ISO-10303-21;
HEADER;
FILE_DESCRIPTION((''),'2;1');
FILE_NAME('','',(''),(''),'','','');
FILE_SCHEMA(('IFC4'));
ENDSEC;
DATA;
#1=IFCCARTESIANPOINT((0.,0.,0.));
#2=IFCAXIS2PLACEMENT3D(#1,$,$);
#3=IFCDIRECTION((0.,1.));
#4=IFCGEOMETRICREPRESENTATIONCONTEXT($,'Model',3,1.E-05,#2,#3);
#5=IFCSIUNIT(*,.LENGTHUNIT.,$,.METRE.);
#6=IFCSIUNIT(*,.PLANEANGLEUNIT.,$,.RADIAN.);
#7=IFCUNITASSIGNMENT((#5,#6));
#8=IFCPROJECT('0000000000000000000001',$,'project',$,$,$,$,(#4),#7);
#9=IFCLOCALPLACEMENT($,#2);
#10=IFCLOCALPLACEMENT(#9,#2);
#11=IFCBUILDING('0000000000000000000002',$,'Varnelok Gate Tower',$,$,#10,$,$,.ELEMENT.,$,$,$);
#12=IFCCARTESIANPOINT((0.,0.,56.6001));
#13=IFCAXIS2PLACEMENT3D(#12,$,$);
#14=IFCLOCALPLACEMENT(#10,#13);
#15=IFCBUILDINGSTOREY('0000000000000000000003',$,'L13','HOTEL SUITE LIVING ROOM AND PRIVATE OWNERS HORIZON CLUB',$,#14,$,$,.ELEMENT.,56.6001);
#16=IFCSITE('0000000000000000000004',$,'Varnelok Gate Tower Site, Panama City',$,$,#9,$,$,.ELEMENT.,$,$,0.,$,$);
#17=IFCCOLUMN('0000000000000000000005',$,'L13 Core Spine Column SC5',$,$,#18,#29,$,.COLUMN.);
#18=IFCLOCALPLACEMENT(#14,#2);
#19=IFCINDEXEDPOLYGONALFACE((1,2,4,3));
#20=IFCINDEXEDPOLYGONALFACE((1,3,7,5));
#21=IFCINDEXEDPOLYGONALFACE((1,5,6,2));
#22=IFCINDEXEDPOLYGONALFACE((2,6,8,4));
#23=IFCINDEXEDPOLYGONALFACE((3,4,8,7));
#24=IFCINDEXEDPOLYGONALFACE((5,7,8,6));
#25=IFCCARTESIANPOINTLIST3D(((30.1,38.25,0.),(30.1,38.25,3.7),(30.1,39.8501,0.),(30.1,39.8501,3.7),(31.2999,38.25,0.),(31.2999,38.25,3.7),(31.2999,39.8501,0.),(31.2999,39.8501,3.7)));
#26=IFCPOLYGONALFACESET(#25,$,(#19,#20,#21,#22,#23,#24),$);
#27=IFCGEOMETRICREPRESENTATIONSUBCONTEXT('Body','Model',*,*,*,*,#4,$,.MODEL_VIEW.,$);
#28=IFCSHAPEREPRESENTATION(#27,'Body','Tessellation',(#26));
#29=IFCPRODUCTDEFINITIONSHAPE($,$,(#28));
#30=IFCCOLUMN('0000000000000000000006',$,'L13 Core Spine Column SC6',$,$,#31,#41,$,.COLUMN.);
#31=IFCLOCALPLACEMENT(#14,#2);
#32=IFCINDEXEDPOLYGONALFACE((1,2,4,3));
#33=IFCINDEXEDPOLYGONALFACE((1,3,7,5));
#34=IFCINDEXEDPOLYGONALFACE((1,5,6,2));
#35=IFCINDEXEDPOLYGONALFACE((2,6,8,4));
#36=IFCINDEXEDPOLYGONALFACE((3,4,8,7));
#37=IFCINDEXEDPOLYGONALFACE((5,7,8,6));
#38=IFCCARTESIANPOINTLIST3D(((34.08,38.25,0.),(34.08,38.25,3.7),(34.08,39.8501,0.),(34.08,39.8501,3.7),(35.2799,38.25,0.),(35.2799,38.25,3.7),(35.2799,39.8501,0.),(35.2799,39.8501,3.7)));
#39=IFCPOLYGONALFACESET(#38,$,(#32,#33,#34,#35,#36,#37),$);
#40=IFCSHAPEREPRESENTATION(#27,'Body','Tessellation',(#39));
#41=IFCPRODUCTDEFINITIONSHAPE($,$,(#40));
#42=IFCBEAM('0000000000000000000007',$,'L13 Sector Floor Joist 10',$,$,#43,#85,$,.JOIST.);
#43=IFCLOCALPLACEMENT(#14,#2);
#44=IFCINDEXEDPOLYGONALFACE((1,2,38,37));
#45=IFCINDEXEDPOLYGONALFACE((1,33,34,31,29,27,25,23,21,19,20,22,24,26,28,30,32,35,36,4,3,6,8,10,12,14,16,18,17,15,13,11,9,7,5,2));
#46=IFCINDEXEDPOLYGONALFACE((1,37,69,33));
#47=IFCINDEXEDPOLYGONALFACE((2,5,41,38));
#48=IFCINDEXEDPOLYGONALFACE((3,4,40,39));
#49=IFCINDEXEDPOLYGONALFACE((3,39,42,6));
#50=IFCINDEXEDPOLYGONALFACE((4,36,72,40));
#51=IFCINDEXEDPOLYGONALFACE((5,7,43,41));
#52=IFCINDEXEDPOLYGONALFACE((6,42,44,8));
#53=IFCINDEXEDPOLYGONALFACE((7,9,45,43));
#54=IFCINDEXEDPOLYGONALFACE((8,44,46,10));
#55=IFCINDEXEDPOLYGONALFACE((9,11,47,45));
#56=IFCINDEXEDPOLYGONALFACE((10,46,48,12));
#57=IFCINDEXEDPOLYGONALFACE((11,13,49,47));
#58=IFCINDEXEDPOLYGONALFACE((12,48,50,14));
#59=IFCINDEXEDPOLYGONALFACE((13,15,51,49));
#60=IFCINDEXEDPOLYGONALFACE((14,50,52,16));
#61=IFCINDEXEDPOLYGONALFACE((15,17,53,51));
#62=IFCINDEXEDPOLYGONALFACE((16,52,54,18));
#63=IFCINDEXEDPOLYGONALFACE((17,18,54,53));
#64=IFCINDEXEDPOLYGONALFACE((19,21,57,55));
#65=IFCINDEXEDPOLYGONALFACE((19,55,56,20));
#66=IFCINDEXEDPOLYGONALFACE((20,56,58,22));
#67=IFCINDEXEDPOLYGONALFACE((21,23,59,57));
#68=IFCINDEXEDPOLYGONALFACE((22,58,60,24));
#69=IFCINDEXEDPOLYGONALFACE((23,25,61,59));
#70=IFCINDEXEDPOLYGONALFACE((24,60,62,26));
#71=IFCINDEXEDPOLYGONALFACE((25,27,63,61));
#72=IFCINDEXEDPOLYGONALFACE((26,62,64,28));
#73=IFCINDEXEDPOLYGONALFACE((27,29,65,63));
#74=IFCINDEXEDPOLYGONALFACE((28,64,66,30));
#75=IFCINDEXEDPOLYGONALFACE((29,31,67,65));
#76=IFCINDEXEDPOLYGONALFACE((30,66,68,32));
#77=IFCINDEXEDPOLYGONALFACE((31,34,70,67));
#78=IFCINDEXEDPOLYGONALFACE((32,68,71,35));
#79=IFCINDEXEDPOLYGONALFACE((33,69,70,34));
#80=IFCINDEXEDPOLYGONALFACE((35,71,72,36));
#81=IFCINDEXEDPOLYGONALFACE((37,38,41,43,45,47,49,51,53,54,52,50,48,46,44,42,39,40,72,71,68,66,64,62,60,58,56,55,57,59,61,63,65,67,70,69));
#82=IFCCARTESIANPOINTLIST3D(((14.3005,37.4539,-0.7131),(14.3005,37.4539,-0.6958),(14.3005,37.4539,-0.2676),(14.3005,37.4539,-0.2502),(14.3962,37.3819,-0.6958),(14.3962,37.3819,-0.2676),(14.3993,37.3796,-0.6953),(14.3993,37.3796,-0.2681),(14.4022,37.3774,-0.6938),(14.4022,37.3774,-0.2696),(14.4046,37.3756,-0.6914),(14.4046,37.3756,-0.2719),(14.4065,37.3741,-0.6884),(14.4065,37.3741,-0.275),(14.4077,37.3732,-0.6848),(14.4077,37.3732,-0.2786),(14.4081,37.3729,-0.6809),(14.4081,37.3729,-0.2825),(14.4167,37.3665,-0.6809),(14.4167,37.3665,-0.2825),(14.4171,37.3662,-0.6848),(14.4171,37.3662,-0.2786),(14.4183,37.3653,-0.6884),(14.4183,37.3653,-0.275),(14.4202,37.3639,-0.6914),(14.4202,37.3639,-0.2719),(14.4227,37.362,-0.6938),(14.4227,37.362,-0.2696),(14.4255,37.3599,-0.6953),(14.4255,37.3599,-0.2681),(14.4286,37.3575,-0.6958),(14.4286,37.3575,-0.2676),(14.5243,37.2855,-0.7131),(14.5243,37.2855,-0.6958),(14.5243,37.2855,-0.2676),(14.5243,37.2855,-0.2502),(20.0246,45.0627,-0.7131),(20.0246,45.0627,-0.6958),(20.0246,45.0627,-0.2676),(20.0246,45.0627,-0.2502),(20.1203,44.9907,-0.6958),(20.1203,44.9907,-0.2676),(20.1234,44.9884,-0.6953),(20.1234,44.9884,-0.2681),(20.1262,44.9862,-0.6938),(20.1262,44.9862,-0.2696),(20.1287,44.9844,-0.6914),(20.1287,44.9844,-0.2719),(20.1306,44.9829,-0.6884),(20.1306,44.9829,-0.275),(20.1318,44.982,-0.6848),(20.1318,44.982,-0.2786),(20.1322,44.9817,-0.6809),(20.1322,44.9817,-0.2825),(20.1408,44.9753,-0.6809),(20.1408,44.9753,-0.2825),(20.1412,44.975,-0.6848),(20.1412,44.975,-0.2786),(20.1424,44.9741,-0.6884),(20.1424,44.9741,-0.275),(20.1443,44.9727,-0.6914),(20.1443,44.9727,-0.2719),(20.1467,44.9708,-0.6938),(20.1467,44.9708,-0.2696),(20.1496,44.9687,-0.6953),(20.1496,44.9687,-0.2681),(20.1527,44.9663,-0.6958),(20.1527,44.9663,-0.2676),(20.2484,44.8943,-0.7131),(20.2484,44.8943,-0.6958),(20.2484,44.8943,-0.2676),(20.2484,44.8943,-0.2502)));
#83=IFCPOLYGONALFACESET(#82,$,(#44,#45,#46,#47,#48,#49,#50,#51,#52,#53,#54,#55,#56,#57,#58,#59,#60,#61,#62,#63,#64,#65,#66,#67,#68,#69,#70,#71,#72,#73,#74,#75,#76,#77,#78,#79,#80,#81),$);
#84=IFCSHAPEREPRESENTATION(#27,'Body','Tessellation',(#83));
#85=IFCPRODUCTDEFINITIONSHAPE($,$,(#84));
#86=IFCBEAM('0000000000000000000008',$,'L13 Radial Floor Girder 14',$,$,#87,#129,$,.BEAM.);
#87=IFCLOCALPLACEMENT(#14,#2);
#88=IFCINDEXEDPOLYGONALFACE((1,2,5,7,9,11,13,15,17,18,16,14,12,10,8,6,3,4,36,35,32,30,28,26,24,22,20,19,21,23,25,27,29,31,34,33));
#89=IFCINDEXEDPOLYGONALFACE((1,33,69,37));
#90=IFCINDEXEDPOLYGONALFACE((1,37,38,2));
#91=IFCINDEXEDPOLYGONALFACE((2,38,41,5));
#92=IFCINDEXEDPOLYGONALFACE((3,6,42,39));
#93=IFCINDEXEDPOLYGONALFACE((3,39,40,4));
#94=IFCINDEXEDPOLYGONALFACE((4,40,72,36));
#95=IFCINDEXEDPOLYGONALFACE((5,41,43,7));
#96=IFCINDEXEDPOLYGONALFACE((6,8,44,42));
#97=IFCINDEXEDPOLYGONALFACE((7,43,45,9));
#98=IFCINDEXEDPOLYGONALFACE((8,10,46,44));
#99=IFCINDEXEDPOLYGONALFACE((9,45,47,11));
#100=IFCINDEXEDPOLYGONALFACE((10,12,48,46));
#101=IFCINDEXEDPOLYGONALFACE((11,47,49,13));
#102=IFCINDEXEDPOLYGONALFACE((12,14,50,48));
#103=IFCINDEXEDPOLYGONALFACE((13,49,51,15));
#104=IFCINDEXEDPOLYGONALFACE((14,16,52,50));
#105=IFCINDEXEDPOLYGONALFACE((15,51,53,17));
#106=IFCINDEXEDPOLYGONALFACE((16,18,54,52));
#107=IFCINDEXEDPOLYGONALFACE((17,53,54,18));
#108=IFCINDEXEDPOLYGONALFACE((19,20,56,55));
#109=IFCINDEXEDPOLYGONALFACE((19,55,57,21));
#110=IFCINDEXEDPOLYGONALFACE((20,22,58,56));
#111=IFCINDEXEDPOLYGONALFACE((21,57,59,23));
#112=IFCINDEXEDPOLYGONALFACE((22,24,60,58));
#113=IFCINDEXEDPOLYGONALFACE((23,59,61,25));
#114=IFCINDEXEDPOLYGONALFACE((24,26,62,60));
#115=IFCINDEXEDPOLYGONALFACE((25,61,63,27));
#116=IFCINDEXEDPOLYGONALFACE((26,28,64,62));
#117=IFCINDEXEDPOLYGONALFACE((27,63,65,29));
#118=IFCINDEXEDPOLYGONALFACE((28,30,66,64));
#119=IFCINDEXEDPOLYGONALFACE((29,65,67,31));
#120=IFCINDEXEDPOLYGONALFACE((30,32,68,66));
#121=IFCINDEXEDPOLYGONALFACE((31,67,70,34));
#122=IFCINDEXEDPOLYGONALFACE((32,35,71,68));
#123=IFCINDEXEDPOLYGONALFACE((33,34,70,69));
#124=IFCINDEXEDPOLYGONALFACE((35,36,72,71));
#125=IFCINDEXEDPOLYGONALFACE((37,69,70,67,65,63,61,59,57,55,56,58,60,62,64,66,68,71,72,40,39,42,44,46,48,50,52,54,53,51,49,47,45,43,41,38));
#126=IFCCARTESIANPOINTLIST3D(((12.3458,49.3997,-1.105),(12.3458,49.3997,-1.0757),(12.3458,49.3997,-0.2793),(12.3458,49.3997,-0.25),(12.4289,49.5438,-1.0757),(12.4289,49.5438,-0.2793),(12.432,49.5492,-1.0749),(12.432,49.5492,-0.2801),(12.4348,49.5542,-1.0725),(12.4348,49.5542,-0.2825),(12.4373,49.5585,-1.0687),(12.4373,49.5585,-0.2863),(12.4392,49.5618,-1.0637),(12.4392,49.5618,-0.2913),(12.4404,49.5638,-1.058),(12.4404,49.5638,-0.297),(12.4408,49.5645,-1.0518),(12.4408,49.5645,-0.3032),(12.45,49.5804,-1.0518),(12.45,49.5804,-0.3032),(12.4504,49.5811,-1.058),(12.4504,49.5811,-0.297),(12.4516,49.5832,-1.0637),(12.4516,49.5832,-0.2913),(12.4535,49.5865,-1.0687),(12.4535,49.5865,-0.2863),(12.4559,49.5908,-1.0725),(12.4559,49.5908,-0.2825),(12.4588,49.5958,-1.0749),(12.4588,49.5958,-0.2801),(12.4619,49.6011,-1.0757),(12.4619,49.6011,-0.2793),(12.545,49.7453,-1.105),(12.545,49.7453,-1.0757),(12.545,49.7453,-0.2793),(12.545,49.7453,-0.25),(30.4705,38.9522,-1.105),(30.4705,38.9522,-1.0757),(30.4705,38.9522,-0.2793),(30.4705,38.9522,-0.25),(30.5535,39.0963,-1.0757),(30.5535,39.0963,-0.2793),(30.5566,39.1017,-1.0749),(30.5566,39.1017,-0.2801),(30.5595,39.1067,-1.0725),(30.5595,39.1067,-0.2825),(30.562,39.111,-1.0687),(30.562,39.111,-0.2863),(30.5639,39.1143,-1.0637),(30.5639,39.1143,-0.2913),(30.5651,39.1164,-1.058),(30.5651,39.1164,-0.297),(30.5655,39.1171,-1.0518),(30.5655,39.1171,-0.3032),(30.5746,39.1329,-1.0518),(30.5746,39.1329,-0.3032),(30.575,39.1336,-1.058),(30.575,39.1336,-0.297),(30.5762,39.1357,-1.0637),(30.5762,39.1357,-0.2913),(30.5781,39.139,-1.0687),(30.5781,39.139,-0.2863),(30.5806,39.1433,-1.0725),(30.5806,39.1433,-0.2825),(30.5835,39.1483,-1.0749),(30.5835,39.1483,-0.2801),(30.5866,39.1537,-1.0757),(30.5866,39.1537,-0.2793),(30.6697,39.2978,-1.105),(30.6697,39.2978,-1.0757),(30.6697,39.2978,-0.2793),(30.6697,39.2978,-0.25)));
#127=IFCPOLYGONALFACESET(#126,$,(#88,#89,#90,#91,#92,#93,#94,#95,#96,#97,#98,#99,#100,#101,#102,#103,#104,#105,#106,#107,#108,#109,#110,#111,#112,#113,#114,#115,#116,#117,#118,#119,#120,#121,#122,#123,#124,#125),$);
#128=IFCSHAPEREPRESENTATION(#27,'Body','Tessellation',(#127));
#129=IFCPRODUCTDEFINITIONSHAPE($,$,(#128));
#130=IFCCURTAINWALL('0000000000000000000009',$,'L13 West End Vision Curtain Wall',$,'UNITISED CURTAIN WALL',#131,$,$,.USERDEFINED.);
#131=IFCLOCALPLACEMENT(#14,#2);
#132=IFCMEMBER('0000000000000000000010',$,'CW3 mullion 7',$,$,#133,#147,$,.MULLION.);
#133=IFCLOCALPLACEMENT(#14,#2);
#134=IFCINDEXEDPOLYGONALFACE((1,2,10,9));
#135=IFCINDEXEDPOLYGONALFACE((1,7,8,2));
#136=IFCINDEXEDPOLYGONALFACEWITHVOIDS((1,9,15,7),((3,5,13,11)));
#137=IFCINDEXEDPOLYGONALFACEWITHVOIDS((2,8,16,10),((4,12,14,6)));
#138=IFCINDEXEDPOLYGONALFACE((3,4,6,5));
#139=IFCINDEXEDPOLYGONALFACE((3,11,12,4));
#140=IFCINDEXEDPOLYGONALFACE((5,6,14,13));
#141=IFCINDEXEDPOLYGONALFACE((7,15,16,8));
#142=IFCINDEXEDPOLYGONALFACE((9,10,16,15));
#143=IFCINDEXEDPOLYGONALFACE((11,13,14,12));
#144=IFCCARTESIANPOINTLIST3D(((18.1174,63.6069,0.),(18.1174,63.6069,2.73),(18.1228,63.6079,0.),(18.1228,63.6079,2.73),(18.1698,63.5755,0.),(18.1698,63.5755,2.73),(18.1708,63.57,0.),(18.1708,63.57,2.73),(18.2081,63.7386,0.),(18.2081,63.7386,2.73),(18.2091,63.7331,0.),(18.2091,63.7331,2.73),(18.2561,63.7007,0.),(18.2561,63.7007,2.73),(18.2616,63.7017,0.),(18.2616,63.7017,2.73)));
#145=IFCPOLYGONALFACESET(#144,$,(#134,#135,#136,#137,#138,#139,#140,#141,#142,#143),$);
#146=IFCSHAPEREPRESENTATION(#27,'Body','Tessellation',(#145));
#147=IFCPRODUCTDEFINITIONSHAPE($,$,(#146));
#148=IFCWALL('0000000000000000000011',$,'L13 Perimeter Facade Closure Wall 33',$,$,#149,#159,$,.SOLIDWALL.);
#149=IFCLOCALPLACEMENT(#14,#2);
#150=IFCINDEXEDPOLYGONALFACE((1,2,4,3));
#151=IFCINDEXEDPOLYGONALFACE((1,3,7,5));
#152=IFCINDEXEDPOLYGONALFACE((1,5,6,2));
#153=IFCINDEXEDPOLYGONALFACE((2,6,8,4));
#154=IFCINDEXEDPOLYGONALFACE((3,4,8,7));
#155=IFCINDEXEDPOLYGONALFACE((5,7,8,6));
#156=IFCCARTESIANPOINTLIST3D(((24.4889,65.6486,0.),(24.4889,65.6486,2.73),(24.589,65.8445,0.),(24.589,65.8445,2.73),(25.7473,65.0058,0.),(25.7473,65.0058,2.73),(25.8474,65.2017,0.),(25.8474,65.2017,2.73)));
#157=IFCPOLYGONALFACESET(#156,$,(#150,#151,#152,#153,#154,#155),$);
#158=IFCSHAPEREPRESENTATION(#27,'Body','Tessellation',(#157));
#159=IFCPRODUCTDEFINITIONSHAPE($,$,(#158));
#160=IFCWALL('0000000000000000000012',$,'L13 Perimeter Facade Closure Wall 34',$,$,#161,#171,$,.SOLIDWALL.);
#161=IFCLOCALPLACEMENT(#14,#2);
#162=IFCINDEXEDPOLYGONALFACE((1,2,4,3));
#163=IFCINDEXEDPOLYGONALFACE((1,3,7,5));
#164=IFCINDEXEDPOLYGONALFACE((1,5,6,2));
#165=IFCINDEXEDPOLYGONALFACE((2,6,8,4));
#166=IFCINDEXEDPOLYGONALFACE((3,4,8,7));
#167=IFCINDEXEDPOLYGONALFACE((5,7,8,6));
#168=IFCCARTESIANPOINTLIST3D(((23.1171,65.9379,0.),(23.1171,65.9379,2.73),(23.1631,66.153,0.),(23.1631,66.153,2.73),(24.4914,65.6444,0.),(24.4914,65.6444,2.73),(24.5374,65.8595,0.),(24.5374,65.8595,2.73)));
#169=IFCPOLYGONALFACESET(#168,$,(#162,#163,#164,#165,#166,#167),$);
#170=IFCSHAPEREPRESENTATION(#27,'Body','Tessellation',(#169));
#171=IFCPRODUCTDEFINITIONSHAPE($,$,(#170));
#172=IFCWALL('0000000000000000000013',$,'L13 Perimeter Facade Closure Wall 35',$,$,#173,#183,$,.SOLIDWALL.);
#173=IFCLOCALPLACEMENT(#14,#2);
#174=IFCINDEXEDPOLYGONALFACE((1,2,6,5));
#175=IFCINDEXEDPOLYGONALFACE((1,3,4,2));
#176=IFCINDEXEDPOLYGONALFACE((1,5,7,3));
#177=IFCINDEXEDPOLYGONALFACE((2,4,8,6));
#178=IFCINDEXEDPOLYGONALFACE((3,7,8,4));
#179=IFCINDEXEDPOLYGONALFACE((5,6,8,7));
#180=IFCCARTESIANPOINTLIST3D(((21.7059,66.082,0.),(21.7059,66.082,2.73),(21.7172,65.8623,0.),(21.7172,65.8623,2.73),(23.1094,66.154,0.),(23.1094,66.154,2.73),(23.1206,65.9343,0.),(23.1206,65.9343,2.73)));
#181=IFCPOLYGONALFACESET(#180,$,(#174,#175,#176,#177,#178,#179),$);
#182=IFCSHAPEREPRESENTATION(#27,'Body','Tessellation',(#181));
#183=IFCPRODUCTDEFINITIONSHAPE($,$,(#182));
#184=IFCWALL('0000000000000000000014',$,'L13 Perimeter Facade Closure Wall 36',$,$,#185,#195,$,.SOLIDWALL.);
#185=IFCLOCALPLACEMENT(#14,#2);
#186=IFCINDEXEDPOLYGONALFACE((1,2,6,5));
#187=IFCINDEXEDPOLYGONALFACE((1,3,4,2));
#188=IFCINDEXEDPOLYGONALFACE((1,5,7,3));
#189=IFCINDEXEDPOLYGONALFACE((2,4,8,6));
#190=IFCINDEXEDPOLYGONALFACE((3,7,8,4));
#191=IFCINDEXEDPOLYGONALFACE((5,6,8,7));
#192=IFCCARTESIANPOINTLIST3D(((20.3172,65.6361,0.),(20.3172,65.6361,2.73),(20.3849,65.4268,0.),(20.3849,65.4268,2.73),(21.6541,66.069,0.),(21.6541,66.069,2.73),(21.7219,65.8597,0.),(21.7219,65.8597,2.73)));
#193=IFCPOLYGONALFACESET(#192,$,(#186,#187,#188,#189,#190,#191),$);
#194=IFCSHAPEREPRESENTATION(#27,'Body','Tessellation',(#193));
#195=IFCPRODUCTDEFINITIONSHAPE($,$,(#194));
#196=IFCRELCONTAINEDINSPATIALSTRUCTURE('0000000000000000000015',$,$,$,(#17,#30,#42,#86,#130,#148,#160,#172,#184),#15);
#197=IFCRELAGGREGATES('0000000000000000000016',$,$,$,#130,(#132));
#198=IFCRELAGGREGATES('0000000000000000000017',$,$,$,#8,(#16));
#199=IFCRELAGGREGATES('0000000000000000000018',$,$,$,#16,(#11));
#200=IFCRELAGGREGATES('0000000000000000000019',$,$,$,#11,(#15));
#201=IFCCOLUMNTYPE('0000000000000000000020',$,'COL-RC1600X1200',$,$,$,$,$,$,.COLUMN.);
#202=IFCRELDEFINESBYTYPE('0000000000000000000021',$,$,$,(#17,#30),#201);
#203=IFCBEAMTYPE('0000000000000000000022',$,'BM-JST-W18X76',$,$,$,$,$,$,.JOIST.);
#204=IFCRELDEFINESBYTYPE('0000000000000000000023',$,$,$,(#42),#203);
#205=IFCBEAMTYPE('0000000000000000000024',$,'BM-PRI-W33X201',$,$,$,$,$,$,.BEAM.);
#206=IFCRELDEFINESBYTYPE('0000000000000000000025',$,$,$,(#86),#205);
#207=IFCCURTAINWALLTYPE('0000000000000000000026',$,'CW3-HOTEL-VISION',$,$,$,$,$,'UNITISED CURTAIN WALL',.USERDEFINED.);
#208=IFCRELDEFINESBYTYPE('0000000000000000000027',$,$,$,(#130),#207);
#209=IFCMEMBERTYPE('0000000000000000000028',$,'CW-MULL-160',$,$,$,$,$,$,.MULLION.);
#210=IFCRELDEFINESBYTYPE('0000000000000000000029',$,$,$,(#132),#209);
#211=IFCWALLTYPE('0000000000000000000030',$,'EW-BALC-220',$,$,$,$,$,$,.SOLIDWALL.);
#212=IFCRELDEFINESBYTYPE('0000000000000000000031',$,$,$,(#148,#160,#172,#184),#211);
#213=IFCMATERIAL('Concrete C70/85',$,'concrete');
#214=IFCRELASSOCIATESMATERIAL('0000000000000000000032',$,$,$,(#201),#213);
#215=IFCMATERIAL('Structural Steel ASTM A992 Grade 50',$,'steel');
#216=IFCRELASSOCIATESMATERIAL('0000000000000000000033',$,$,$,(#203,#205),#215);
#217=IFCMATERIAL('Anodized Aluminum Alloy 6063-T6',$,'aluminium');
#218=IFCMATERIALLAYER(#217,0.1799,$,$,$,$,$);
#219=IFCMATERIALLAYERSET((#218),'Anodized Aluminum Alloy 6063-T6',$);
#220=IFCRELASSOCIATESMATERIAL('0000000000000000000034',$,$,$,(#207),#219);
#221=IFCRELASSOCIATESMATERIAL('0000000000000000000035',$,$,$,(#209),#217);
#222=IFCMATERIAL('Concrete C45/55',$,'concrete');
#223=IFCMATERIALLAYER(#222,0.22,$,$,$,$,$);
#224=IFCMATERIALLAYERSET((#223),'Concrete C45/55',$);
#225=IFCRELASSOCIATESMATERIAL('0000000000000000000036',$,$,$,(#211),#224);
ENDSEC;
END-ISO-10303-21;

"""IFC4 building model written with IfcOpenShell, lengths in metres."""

from ifc_helpers import new_model, si_unit, direction, frame, frame_2d, origin, origin_2d, place, context, subcontext, project, spatial, rectangle, hollow_rectangle, i_section, extrude, material, layer, layer_set, material_profile, profile_set, type_object, element, aggregate, save


model = new_model("IFC4")

# Units and contexts
model_context = context("Model", 3, precision=1e-05, world=origin(), true_north=direction((0.0, 1.0)))
body_context = subcontext(model_context, "Body", "Model", "MODEL_VIEW")
ifc_project = project(units=[si_unit("LENGTHUNIT", "METRE"), si_unit("PLANEANGLEUNIT", "RADIAN")], contexts=[model_context])

# Site, building, storey
site_placement = place(None, origin())
site = spatial("IfcSite", under=ifc_project, at=site_placement, Name="Varnelok Gate Tower Site, Panama City", CompositionType="ELEMENT", RefElevation=0.0)
building_placement = place(site_placement, origin())
building = spatial("IfcBuilding", under=site, at=building_placement, Name="Varnelok Gate Tower", CompositionType="ELEMENT")
storey_placement = place(building_placement, frame((0.0, 0.0, 56.6001)))
storey = spatial("IfcBuildingStorey", under=building, at=storey_placement, Name="L13", Description="HOTEL SUITE LIVING ROOM AND PRIVATE OWNERS HORIZON CLUB", CompositionType="ELEMENT", Elevation=56.6001)

# Columns
ifc_material_1 = material(Name="Concrete C70/85", Category="concrete")
ifc_material_profile_1 = material_profile(ifc_material_1, rectangle(XDim=1.2, YDim=1.6001, at=origin_2d()), Name="RC1600X1200")
ifc_profile_set_1 = profile_set([ifc_material_profile_1], Name="Concrete C70/85")
column_type = type_object("IfcColumnType", Name="COL-RC1600X1200", PredefinedType="COLUMN", material=ifc_profile_set_1)
for number, where, z_axis, x_axis, name in (
    (1, (30.7, 39.05, 0.0), (0.0, 0.0, 1.0), (1.0, 0.0, 0.0), "L13 Core Spine Column SC5"),
    (2, (34.6799, 39.05, 0.0), (0.0, 0.0, 1.0), (1.0, 0.0, 0.0), "L13 Core Spine Column SC6"),
):
    element("IfcColumn", number, at=place(storey_placement, frame(where, z_axis=z_axis, x_axis=x_axis)), inside=storey, type_object=column_type, Name=name, PredefinedType="COLUMN", context=body_context, shape_type="SweptSolid", body=[
        extrude(rectangle(XDim=1.2, YDim=1.6001, at=origin_2d()), origin(), (0.0, 0.0, 1.0), 3.7),
    ])

# Beams
ifc_material_2 = material(Name="Structural Steel ASTM A992 Grade 50", Category="steel")
ifc_material_profile_2 = material_profile(ifc_material_2, i_section(OverallWidth=0.28, OverallDepth=0.4629, WebThickness=0.0107, FlangeThickness=0.0173, FilletRadius=0.0149, at=origin_2d()), Name="W18X76")
ifc_profile_set_2 = profile_set([ifc_material_profile_2], Name="Structural Steel ASTM A992 Grade 50")
beam_type_1 = type_object("IfcBeamType", Name="BM-JST-W18X76", PredefinedType="JOIST", material=ifc_profile_set_2)
beam_1_placement = place(storey_placement, frame((20.1365, 44.9785, -0.4817), z_axis=(-0.601173, -0.799119, 0.0), x_axis=(0.799119, -0.601173, 0.0)))
element("IfcBeam", 3, at=beam_1_placement, inside=storey, type_object=beam_type_1, Name="L13 Sector Floor Joist 10", PredefinedType="JOIST", context=body_context, shape_type="SweptSolid", body=[
    extrude(i_section(OverallWidth=0.28, OverallDepth=0.4629, WebThickness=0.0107, FlangeThickness=0.0173, FilletRadius=0.0149, at=origin_2d()), origin(), (0.0, 0.0, 1.0), 9.5215),
])
ifc_material_profile_3 = material_profile(ifc_material_2, i_section(OverallWidth=0.3989, OverallDepth=0.855, WebThickness=0.0183, FlangeThickness=0.0293, FilletRadius=0.0239, at=origin_2d()), Name="W33X201")
ifc_profile_set_3 = profile_set([ifc_material_profile_3], Name="Structural Steel ASTM A992 Grade 50")
beam_type_2 = type_object("IfcBeamType", Name="BM-PRI-W33X201", PredefinedType="BEAM", material=ifc_profile_set_3)
beam_2_placement = place(storey_placement, frame((30.5701, 39.125, -0.6775), z_axis=(-0.866373, 0.499397, 0.0), x_axis=(-0.499397, -0.866373, 0.0)))
element("IfcBeam", 4, at=beam_2_placement, inside=storey, type_object=beam_type_2, Name="L13 Radial Floor Girder 14", PredefinedType="BEAM", context=body_context, shape_type="SweptSolid", body=[
    extrude(i_section(OverallWidth=0.3989, OverallDepth=0.855, WebThickness=0.0183, FlangeThickness=0.0293, FilletRadius=0.0239, at=origin_2d()), origin(), (0.0, 0.0, 1.0), 20.9202),
])

# Curtain wall, member
ifc_material_3 = material(Name="Anodized Aluminum Alloy 6063-T6", Category="aluminium")
ifc_layer_1 = layer(ifc_material_3, 0.1799)
ifc_layer_set_1 = layer_set([ifc_layer_1], Name="Anodized Aluminum Alloy 6063-T6")
curtain_wall_type = type_object("IfcCurtainWallType", Name="CW3-HOTEL-VISION", ElementType="UNITISED CURTAIN WALL", PredefinedType="USERDEFINED", material=ifc_layer_set_1)
curtain_wall_placement = place(storey_placement, origin())
curtain_wall = element("IfcCurtainWall", 5, at=curtain_wall_placement, inside=storey, type_object=curtain_wall_type, Name="L13 West End Vision Curtain Wall", ObjectType="UNITISED CURTAIN WALL", PredefinedType="USERDEFINED")
ifc_material_profile_4 = material_profile(ifc_material_3, hollow_rectangle(XDim=0.0649, YDim=0.1599, WallThickness=0.0039, at=origin_2d()), Name="ALU160X65X4")
ifc_profile_set_4 = profile_set([ifc_material_profile_4], Name="Anodized Aluminum Alloy 6063-T6")
member_type = type_object("IfcMemberType", Name="CW-MULL-160", PredefinedType="MULLION", material=ifc_profile_set_4)
member_placement = place(storey_placement, frame((18.1895, 63.6543, 0.0), z_axis=(0.0, 0.0, 1.0), x_axis=(-0.823533, 0.567269, 0.0)))
member = element("IfcMember", 6, at=member_placement, type_object=member_type, Name="CW3 mullion 7", PredefinedType="MULLION", context=body_context, shape_type="SweptSolid", body=[
    extrude(hollow_rectangle(XDim=0.0649, YDim=0.1599, WallThickness=0.0039, at=origin_2d()), origin(), (0.0, 0.0, 1.0), 2.73),
])
aggregate(curtain_wall, [member])

# Walls
ifc_material_4 = material(Name="Concrete C45/55", Category="concrete")
ifc_layer_2 = layer(ifc_material_4, 0.22)
ifc_layer_set_2 = layer_set([ifc_layer_2], Name="Concrete C45/55")
wall_type_1 = type_object("IfcWallType", Name="EW-BALC-220", PredefinedType="SOLIDWALL", material=ifc_layer_set_2)
wall_1_placement = place(storey_placement, frame((25.7974, 65.1038, 0.0), z_axis=(0.0, 0.0, 1.0), x_axis=(-0.890559, 0.454868, 0.0)))
element("IfcWall", 7, at=wall_1_placement, inside=storey, type_object=wall_type_1, Name="L13 Perimeter Facade Closure Wall 33", PredefinedType="SOLIDWALL", context=body_context, shape_type="SweptSolid", body=[
    extrude(rectangle(XDim=1.4131, YDim=0.22, at=frame_2d((0.7065, 0.0))), origin(), (0.0, 0.0, 1.0), 2.73),
])
for number, where, z_axis, x_axis, name in (
    (8, (24.5144, 65.752, 0.0), (0.0, 0.0, 1.0), (-0.977952, 0.208829, 0.0), "L13 Perimeter Facade Closure Wall 34"),
    (9, (23.115, 66.0442, 0.0), (0.0, 0.0, 1.0), (-0.998686, -0.051255, 0.0), "L13 Perimeter Facade Closure Wall 35"),
    (10, (21.688, 65.9644, 0.0), (0.0, 0.0, 1.0), (-0.951376, -0.308033, 0.0), "L13 Perimeter Facade Closure Wall 36"),
):
    element("IfcWall", number, at=place(storey_placement, frame(where, z_axis=z_axis, x_axis=x_axis)), inside=storey, type_object=wall_type_1, Name=name, PredefinedType="SOLIDWALL", context=body_context, shape_type="SweptSolid", body=[
        extrude(rectangle(XDim=1.4053, YDim=0.22, at=frame_2d((0.7026, 0.0))), origin(), (0.0, 0.0, 1.0), 2.73),
    ])

save(model, "model.ifc")
